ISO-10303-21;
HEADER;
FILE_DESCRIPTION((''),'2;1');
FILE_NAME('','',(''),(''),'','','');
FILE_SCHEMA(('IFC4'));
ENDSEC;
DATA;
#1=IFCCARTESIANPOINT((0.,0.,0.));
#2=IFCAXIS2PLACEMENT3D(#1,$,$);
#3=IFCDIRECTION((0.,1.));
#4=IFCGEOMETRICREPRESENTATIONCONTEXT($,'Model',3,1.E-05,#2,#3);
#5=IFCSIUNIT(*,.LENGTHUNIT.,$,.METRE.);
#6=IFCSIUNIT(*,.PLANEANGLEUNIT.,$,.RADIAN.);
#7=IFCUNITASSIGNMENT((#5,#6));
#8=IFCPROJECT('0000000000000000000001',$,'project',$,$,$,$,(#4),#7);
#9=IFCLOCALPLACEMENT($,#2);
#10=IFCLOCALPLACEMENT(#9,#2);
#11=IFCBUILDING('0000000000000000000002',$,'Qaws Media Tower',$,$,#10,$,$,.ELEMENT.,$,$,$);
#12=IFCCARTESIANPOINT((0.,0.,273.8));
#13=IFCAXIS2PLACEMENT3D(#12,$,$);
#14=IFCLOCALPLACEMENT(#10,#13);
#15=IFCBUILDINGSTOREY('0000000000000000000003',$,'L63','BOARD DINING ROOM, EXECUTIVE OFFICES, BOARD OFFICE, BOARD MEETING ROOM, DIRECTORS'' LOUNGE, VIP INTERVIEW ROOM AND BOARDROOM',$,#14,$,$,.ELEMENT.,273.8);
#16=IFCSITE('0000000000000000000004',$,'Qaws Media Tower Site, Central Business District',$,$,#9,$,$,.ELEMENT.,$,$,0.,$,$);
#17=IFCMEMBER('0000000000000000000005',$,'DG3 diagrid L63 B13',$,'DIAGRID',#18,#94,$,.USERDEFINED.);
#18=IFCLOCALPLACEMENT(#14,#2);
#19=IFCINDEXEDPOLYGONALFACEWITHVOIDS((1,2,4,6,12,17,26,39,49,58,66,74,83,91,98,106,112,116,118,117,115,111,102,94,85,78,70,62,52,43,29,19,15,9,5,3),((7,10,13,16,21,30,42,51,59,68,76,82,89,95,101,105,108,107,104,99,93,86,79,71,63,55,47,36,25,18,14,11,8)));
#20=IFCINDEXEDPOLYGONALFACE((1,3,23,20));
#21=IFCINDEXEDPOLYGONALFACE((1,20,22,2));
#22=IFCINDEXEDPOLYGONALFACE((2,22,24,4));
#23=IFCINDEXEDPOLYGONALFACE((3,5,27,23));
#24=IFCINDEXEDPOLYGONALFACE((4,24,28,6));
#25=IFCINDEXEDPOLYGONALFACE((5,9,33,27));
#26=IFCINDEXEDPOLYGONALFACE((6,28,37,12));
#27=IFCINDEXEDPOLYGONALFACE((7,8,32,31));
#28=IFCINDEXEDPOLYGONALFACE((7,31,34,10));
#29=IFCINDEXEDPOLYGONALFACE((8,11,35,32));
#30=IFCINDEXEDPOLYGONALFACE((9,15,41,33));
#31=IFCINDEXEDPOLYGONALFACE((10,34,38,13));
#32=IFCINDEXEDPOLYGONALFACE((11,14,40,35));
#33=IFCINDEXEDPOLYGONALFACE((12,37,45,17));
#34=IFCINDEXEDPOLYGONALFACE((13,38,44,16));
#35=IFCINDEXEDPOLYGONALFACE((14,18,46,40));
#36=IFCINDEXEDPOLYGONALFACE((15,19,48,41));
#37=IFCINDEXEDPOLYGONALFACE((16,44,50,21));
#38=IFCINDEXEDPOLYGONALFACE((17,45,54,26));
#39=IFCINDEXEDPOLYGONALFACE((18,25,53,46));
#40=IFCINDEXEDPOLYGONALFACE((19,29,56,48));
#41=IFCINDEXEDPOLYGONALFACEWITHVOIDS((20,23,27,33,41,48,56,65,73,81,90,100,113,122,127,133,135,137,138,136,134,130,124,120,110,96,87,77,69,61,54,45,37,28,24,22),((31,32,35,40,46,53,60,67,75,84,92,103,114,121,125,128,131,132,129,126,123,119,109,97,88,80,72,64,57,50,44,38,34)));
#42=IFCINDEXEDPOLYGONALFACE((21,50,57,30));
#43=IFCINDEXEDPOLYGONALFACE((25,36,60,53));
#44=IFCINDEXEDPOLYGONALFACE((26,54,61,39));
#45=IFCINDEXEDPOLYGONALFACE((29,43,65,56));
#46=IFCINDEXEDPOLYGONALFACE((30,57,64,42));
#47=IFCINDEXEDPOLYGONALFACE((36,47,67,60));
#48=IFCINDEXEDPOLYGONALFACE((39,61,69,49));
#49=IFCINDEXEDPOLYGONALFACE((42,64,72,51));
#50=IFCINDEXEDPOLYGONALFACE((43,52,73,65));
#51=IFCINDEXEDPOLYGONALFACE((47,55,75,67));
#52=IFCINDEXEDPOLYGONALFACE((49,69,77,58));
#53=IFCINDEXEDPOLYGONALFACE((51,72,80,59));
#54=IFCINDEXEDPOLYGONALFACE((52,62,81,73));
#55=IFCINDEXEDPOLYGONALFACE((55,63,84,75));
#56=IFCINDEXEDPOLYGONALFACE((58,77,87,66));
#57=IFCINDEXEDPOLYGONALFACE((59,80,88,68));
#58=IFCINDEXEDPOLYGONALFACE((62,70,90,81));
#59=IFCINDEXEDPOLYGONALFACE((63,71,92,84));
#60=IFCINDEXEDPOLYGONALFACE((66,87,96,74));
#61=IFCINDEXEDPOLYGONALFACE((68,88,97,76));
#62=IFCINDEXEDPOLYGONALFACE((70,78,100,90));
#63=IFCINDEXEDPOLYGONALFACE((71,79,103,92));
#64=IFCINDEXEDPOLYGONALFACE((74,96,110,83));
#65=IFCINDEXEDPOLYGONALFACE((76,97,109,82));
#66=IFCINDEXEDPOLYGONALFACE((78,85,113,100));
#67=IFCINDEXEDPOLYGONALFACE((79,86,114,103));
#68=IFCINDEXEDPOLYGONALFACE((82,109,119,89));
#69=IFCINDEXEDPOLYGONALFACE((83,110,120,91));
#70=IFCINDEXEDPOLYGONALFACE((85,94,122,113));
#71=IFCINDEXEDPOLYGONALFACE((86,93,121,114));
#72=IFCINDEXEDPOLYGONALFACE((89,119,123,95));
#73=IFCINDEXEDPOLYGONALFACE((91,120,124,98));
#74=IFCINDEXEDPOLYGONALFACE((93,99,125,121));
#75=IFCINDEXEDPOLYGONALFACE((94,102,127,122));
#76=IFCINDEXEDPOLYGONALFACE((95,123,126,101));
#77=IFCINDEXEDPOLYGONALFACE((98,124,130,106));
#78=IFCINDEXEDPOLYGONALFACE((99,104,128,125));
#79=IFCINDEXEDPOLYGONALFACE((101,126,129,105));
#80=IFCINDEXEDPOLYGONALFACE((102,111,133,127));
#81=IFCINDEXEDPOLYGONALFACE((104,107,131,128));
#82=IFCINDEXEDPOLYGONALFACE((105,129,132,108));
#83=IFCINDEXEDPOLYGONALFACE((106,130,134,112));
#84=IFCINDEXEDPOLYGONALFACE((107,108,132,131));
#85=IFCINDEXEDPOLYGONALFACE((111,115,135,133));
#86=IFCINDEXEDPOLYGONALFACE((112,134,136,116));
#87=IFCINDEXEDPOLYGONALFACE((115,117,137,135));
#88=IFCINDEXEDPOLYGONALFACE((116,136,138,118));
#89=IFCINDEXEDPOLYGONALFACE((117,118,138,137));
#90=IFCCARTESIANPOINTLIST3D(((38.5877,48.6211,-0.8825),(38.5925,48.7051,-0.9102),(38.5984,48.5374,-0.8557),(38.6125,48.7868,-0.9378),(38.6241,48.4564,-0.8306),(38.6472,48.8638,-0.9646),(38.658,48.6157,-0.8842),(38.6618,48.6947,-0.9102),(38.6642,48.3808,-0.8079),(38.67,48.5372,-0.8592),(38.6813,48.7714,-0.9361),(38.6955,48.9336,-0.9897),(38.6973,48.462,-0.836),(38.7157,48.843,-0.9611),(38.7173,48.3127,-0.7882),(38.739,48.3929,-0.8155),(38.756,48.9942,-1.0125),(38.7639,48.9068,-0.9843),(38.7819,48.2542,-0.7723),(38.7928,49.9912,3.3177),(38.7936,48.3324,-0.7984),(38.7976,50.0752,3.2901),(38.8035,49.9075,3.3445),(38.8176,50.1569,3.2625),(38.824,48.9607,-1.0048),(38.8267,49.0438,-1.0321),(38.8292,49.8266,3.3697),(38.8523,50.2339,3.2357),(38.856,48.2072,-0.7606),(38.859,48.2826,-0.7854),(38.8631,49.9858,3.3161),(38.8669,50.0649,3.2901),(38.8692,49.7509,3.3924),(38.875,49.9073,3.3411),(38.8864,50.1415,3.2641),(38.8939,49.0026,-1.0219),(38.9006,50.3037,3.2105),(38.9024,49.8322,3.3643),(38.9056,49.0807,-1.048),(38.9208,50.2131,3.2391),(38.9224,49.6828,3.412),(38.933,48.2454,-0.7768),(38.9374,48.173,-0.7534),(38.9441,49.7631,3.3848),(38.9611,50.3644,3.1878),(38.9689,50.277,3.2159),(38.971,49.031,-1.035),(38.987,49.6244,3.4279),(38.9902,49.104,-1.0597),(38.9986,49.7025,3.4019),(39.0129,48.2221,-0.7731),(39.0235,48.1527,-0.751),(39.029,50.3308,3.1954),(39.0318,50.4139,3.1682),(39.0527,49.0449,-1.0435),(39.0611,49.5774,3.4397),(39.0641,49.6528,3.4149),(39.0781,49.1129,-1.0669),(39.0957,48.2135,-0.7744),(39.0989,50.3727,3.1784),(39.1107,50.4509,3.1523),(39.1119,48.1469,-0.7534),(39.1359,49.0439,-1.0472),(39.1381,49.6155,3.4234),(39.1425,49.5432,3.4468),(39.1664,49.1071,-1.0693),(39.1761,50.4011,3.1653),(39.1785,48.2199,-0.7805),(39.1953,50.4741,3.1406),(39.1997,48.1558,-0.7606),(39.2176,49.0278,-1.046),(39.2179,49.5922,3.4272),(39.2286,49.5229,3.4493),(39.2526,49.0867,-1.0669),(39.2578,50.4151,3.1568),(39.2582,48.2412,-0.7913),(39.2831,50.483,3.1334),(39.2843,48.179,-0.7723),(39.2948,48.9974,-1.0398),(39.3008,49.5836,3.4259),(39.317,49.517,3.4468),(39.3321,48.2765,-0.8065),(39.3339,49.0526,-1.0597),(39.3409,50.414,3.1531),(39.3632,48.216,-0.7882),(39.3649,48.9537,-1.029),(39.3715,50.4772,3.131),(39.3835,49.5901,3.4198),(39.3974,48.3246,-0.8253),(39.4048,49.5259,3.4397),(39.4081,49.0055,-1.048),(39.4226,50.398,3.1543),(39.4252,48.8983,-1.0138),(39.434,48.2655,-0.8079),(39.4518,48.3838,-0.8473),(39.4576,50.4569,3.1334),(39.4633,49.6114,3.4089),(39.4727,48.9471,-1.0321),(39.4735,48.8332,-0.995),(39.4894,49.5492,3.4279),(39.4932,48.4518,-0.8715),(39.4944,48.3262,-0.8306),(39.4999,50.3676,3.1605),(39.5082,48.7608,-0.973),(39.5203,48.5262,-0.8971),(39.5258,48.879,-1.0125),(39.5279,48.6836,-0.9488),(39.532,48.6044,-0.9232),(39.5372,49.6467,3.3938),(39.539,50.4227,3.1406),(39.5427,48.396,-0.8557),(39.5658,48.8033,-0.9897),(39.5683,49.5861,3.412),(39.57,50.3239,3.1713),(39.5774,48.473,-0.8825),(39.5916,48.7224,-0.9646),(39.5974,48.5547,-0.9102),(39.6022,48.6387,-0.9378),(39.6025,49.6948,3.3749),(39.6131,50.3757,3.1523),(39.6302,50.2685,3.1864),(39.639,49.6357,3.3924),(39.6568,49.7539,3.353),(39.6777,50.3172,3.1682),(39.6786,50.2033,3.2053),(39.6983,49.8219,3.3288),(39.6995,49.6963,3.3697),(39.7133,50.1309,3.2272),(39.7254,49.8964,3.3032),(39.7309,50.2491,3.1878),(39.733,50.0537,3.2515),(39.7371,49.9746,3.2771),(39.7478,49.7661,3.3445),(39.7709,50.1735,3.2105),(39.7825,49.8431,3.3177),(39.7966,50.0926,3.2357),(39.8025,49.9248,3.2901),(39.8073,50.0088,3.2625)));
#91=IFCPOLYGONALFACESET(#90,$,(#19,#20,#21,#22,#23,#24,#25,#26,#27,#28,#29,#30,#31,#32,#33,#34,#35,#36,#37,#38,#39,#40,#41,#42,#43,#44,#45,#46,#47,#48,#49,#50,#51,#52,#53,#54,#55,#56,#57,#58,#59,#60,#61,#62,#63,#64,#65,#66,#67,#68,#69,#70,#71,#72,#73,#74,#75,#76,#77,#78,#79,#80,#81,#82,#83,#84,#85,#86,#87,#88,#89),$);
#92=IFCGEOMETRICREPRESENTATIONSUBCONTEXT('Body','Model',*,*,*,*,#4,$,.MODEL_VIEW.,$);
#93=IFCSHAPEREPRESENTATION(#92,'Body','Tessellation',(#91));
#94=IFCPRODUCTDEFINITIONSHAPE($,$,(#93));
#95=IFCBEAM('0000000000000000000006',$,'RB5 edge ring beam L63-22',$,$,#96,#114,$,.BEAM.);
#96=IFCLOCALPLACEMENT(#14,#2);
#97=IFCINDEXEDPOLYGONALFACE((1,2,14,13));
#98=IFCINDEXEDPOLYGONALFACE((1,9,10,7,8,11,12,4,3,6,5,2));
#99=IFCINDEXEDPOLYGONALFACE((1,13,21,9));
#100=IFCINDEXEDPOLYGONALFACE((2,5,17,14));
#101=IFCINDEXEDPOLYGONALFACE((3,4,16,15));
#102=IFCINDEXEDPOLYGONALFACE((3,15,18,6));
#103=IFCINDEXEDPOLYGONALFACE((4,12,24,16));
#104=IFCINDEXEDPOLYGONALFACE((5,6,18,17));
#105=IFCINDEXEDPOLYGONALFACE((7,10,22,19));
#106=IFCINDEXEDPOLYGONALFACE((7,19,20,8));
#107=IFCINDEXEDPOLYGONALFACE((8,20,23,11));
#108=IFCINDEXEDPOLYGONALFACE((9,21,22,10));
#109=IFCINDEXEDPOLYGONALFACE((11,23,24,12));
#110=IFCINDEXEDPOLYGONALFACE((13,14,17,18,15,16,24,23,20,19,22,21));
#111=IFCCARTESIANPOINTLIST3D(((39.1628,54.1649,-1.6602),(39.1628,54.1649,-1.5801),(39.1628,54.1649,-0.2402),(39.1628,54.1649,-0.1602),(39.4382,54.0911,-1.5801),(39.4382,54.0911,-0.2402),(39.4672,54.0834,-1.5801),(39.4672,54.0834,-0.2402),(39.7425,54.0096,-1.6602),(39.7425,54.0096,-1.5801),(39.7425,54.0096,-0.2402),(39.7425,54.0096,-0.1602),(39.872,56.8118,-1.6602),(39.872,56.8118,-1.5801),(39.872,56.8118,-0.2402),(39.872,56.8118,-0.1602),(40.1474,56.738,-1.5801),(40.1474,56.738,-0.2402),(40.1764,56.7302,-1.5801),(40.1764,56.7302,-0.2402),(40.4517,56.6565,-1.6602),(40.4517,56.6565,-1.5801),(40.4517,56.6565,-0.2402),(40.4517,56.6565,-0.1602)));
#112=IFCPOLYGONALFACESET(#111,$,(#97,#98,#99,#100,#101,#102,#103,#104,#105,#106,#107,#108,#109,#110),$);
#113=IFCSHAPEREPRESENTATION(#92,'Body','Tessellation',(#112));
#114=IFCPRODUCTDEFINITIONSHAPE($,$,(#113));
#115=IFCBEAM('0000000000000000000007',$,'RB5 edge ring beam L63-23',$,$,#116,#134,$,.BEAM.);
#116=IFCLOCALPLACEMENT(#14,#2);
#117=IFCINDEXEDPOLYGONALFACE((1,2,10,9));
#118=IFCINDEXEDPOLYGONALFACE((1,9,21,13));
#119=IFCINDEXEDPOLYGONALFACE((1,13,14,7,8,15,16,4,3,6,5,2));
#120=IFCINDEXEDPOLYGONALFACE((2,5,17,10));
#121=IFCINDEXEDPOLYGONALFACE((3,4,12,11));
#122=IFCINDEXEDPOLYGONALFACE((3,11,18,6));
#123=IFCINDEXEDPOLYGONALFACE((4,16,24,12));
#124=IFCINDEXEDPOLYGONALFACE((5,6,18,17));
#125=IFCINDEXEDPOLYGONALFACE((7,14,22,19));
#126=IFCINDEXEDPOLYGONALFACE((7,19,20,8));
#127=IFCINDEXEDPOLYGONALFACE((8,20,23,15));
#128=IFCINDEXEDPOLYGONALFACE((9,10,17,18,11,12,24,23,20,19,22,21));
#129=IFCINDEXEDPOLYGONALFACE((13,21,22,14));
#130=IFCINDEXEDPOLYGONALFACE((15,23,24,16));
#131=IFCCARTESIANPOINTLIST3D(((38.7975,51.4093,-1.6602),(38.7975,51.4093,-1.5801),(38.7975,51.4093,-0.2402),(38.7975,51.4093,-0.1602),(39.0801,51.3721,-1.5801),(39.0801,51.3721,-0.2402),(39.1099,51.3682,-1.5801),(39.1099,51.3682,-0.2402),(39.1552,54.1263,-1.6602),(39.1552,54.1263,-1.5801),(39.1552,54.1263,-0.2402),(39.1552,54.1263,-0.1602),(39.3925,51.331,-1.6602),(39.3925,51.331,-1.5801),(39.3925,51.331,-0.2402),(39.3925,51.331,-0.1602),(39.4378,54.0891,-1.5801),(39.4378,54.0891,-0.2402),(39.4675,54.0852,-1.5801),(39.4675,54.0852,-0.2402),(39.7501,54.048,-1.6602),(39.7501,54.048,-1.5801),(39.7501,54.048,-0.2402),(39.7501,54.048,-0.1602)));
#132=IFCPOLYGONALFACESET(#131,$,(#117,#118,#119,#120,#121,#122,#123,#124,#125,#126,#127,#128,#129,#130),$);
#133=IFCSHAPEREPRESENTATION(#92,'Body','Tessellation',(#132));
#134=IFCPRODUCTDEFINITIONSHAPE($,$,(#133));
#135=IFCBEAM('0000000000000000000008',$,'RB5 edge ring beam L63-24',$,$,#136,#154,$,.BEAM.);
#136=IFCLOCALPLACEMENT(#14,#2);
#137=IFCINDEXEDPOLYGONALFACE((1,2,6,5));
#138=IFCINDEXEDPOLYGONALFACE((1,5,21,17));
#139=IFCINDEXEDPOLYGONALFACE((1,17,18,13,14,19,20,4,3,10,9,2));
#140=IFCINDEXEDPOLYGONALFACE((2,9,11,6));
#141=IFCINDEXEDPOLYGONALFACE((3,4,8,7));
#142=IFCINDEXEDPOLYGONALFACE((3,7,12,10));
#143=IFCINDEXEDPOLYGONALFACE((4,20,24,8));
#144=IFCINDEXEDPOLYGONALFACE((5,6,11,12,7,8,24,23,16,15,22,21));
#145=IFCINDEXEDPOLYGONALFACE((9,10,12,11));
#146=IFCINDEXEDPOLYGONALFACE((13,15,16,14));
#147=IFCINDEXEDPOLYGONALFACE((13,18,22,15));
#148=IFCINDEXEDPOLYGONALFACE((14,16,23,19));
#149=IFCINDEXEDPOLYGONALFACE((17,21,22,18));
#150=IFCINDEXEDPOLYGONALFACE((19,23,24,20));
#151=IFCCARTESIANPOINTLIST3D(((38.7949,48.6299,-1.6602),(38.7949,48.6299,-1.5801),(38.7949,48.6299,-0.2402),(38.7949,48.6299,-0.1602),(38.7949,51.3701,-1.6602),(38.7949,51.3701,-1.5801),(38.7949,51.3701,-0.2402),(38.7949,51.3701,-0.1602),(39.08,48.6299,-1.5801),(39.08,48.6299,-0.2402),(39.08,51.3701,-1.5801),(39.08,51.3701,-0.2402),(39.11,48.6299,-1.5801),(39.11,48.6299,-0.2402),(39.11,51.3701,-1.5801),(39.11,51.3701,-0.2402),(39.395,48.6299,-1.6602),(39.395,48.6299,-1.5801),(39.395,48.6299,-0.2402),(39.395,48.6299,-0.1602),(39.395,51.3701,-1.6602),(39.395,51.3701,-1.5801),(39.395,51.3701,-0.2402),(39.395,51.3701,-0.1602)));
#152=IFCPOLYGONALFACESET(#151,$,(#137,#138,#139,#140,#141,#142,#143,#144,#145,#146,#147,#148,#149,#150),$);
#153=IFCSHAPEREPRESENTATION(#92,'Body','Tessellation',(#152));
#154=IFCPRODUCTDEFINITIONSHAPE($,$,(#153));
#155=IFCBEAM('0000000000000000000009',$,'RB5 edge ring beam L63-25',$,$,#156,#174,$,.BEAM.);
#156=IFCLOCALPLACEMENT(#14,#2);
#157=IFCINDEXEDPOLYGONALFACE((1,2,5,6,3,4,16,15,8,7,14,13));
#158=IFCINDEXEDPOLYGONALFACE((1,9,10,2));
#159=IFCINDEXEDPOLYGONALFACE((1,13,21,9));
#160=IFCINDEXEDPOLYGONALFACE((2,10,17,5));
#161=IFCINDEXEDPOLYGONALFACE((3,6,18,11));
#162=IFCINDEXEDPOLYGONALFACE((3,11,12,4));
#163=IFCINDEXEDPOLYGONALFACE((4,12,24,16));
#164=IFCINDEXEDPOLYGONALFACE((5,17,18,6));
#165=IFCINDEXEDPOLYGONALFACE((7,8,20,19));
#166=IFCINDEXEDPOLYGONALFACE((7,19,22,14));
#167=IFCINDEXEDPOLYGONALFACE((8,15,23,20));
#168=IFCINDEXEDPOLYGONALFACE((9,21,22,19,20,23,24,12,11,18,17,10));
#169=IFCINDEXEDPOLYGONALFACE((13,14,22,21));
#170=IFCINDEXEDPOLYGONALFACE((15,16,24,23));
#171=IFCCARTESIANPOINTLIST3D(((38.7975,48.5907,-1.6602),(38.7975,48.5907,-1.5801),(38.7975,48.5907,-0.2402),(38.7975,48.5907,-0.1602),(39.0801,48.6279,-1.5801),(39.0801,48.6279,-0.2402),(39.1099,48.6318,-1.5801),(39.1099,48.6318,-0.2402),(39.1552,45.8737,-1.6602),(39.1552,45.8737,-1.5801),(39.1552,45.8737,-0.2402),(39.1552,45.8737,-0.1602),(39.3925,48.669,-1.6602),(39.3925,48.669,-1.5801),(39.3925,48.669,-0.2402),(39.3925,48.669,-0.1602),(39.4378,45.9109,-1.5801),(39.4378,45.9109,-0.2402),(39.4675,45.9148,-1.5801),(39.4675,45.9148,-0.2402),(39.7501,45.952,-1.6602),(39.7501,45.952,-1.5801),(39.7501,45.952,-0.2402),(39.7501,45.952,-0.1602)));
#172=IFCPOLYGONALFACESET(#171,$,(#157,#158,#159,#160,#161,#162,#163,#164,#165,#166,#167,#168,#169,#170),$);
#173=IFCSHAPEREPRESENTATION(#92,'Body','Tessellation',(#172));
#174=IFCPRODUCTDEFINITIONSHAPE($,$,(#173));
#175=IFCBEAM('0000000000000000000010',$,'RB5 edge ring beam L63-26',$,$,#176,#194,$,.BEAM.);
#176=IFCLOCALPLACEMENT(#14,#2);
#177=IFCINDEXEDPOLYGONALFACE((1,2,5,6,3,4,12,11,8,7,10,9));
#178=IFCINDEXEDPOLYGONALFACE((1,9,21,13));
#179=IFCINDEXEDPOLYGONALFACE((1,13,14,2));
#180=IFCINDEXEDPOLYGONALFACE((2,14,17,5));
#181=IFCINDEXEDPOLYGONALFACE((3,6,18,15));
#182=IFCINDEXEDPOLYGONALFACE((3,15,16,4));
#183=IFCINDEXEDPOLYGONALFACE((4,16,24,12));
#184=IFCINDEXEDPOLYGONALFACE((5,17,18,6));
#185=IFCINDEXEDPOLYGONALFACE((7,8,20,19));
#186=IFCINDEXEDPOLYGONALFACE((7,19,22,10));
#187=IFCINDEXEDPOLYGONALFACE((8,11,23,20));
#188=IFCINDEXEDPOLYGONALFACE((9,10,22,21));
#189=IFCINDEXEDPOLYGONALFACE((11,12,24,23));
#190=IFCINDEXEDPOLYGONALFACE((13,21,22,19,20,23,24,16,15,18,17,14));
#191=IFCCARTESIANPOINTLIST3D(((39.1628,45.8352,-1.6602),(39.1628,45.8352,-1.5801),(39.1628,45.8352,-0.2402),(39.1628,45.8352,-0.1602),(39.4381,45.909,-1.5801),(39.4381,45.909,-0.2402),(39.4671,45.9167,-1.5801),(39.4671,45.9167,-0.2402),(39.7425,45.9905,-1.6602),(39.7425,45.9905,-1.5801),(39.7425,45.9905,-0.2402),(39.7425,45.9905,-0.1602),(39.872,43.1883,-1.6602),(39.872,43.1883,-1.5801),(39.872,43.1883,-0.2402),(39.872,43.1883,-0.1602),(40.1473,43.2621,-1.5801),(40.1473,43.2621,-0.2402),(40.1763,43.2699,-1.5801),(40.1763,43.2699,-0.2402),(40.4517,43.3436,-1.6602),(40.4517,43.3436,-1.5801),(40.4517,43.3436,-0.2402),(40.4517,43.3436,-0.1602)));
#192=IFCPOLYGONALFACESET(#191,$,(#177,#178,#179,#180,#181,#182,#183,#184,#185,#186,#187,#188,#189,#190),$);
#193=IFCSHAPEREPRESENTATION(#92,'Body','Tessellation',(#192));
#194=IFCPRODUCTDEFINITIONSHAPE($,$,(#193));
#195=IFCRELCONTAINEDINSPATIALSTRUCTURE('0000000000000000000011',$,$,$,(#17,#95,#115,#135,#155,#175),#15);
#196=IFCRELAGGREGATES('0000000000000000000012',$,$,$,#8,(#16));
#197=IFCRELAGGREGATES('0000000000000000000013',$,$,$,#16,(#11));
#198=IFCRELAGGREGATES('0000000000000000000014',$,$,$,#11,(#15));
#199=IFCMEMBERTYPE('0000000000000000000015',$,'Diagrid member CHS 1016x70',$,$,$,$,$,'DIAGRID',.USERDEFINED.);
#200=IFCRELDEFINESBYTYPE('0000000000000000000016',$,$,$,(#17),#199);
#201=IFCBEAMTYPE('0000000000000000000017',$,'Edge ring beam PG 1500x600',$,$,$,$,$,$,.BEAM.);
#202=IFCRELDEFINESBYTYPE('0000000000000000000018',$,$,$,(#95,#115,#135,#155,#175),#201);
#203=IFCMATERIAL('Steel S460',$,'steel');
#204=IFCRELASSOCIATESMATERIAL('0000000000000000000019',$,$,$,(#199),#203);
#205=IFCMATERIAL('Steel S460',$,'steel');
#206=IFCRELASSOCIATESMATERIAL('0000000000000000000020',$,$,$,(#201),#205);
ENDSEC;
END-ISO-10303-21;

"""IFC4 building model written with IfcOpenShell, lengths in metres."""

from ifc_helpers import new_model, si_unit, direction, frame, origin, origin_2d, place, context, subcontext, project, spatial, hollow_circle, i_section, extrude, material, material_profile, profile_set, type_object, element, save


model = new_model("IFC4")

# Units and contexts
model_context = context("Model", 3, precision=1e-05, world=origin(), true_north=direction((0.0, 1.0)))
body_context = subcontext(model_context, "Body", "Model", "MODEL_VIEW")
ifc_project = project(units=[si_unit("LENGTHUNIT", "METRE"), si_unit("PLANEANGLEUNIT", "RADIAN")], contexts=[model_context])

# Site, building, storey
site_placement = place(None, origin())
site = spatial("IfcSite", under=ifc_project, at=site_placement, Name="Qaws Media Tower Site, Central Business District", CompositionType="ELEMENT", RefElevation=0.0)
building_placement = place(site_placement, origin())
building = spatial("IfcBuilding", under=site, at=building_placement, Name="Qaws Media Tower", CompositionType="ELEMENT")
storey_placement = place(building_placement, frame((0.0, 0.0, 273.8)))
storey = spatial("IfcBuildingStorey", under=building, at=storey_placement, Name="L63", Description="BOARD DINING ROOM, EXECUTIVE OFFICES, BOARD OFFICE, BOARD MEETING ROOM, DIRECTORS' LOUNGE, VIP INTERVIEW ROOM AND BOARDROOM", CompositionType="ELEMENT", Elevation=273.8)

# Member
ifc_material_1 = material(Name="Steel S460", Category="steel")
ifc_material_profile_1 = material_profile(ifc_material_1, hollow_circle(Radius=0.5081, WallThickness=0.0701, at=origin_2d()), Name="CHS 1016x70")
ifc_profile_set_1 = profile_set([ifc_material_profile_1], Name="Steel S460")
member_type_1 = type_object("IfcMemberType", Name="Diagrid member CHS 1016x70", ElementType="DIAGRID", PredefinedType="USERDEFINED", material=ifc_profile_set_1)
for number, where, z_axis, x_axis, name in (
    (1, (39.095, 48.6299, -0.9102), (0.046369, 0.309787, 0.949675), (-0.988983, 0.14803, 0.0), "DG3 diagrid L63 B13"),
):
    element("IfcMember", number, at=place(storey_placement, frame(where, z_axis=z_axis, x_axis=x_axis)), inside=storey, type_object=member_type_1, Name=name, ObjectType="DIAGRID", PredefinedType="USERDEFINED", context=body_context, shape_type="SweptSolid", body=[
        extrude(hollow_circle(Radius=0.5081, WallThickness=0.0701, at=origin_2d()), origin(), (0.0, 0.0, 1.0), 4.4229),
    ])

# Beams
ifc_material_2 = material(Name="Steel S460", Category="steel")
ifc_material_profile_2 = material_profile(ifc_material_2, i_section(OverallWidth=0.6001, OverallDepth=1.5, WebThickness=0.03, FlangeThickness=0.0801, at=origin_2d()), Name="PG 1500x600")
ifc_profile_set_2 = profile_set([ifc_material_profile_2], Name="Steel S460")
beam_type = type_object("IfcBeamType", Name="Edge ring beam PG 1500x600", PredefinedType="BEAM", material=ifc_profile_set_2)
beam_1_placement = place(storey_placement, frame((40.1619, 56.7341, -0.9102), z_axis=(-0.25881, -0.965928, 0.0), x_axis=(0.965928, -0.25881, 0.0)))
element("IfcBeam", 2, at=beam_1_placement, inside=storey, type_object=beam_type, Name="RB5 edge ring beam L63-22", PredefinedType="BEAM", context=body_context, shape_type="SweptSolid", body=[
    extrude(i_section(OverallWidth=0.6001, OverallDepth=1.5, WebThickness=0.03, FlangeThickness=0.0801, at=origin_2d()), origin(), (0.0, 0.0, 1.0), 2.7402),
])
beam_2_placement = place(storey_placement, frame((39.4526, 54.0872, -0.9102), z_axis=(-0.130512, -0.991447, 0.0), x_axis=(0.991447, -0.130512, 0.0)))
element("IfcBeam", 3, at=beam_2_placement, inside=storey, type_object=beam_type, Name="RB5 edge ring beam L63-23", PredefinedType="BEAM", context=body_context, shape_type="SweptSolid", body=[
    extrude(i_section(OverallWidth=0.6001, OverallDepth=1.5, WebThickness=0.03, FlangeThickness=0.0801, at=origin_2d()), origin(), (0.0, 0.0, 1.0), 2.7405),
])
beam_3_placement = place(storey_placement, frame((39.095, 51.3701, -0.9102), z_axis=(0.0, -1.0, 0.0), x_axis=(1.0, 0.0, 0.0)))
element("IfcBeam", 4, at=beam_3_placement, inside=storey, type_object=beam_type, Name="RB5 edge ring beam L63-24", PredefinedType="BEAM", context=body_context, shape_type="SweptSolid", body=[
    extrude(i_section(OverallWidth=0.6001, OverallDepth=1.5, WebThickness=0.03, FlangeThickness=0.0801, at=origin_2d()), origin(), (0.0, 0.0, 1.0), 2.7402),
])
beam_4_placement = place(storey_placement, frame((39.095, 48.6299, -0.9102), z_axis=(0.130512, -0.991447, 0.0), x_axis=(0.991447, 0.130512, 0.0)))
element("IfcBeam", 5, at=beam_4_placement, inside=storey, type_object=beam_type, Name="RB5 edge ring beam L63-25", PredefinedType="BEAM", context=body_context, shape_type="SweptSolid", body=[
    extrude(i_section(OverallWidth=0.6001, OverallDepth=1.5, WebThickness=0.03, FlangeThickness=0.0801, at=origin_2d()), origin(), (0.0, 0.0, 1.0), 2.7405),
])
beam_5_placement = place(storey_placement, frame((39.4526, 45.9128, -0.9102), z_axis=(0.25881, -0.965928, 0.0), x_axis=(0.965928, 0.25881, 0.0)))
element("IfcBeam", 6, at=beam_5_placement, inside=storey, type_object=beam_type, Name="RB5 edge ring beam L63-26", PredefinedType="BEAM", context=body_context, shape_type="SweptSolid", body=[
    extrude(i_section(OverallWidth=0.6001, OverallDepth=1.5, WebThickness=0.03, FlangeThickness=0.0801, at=origin_2d()), origin(), (0.0, 0.0, 1.0), 2.7402),
])

save(model, "model.ifc")
